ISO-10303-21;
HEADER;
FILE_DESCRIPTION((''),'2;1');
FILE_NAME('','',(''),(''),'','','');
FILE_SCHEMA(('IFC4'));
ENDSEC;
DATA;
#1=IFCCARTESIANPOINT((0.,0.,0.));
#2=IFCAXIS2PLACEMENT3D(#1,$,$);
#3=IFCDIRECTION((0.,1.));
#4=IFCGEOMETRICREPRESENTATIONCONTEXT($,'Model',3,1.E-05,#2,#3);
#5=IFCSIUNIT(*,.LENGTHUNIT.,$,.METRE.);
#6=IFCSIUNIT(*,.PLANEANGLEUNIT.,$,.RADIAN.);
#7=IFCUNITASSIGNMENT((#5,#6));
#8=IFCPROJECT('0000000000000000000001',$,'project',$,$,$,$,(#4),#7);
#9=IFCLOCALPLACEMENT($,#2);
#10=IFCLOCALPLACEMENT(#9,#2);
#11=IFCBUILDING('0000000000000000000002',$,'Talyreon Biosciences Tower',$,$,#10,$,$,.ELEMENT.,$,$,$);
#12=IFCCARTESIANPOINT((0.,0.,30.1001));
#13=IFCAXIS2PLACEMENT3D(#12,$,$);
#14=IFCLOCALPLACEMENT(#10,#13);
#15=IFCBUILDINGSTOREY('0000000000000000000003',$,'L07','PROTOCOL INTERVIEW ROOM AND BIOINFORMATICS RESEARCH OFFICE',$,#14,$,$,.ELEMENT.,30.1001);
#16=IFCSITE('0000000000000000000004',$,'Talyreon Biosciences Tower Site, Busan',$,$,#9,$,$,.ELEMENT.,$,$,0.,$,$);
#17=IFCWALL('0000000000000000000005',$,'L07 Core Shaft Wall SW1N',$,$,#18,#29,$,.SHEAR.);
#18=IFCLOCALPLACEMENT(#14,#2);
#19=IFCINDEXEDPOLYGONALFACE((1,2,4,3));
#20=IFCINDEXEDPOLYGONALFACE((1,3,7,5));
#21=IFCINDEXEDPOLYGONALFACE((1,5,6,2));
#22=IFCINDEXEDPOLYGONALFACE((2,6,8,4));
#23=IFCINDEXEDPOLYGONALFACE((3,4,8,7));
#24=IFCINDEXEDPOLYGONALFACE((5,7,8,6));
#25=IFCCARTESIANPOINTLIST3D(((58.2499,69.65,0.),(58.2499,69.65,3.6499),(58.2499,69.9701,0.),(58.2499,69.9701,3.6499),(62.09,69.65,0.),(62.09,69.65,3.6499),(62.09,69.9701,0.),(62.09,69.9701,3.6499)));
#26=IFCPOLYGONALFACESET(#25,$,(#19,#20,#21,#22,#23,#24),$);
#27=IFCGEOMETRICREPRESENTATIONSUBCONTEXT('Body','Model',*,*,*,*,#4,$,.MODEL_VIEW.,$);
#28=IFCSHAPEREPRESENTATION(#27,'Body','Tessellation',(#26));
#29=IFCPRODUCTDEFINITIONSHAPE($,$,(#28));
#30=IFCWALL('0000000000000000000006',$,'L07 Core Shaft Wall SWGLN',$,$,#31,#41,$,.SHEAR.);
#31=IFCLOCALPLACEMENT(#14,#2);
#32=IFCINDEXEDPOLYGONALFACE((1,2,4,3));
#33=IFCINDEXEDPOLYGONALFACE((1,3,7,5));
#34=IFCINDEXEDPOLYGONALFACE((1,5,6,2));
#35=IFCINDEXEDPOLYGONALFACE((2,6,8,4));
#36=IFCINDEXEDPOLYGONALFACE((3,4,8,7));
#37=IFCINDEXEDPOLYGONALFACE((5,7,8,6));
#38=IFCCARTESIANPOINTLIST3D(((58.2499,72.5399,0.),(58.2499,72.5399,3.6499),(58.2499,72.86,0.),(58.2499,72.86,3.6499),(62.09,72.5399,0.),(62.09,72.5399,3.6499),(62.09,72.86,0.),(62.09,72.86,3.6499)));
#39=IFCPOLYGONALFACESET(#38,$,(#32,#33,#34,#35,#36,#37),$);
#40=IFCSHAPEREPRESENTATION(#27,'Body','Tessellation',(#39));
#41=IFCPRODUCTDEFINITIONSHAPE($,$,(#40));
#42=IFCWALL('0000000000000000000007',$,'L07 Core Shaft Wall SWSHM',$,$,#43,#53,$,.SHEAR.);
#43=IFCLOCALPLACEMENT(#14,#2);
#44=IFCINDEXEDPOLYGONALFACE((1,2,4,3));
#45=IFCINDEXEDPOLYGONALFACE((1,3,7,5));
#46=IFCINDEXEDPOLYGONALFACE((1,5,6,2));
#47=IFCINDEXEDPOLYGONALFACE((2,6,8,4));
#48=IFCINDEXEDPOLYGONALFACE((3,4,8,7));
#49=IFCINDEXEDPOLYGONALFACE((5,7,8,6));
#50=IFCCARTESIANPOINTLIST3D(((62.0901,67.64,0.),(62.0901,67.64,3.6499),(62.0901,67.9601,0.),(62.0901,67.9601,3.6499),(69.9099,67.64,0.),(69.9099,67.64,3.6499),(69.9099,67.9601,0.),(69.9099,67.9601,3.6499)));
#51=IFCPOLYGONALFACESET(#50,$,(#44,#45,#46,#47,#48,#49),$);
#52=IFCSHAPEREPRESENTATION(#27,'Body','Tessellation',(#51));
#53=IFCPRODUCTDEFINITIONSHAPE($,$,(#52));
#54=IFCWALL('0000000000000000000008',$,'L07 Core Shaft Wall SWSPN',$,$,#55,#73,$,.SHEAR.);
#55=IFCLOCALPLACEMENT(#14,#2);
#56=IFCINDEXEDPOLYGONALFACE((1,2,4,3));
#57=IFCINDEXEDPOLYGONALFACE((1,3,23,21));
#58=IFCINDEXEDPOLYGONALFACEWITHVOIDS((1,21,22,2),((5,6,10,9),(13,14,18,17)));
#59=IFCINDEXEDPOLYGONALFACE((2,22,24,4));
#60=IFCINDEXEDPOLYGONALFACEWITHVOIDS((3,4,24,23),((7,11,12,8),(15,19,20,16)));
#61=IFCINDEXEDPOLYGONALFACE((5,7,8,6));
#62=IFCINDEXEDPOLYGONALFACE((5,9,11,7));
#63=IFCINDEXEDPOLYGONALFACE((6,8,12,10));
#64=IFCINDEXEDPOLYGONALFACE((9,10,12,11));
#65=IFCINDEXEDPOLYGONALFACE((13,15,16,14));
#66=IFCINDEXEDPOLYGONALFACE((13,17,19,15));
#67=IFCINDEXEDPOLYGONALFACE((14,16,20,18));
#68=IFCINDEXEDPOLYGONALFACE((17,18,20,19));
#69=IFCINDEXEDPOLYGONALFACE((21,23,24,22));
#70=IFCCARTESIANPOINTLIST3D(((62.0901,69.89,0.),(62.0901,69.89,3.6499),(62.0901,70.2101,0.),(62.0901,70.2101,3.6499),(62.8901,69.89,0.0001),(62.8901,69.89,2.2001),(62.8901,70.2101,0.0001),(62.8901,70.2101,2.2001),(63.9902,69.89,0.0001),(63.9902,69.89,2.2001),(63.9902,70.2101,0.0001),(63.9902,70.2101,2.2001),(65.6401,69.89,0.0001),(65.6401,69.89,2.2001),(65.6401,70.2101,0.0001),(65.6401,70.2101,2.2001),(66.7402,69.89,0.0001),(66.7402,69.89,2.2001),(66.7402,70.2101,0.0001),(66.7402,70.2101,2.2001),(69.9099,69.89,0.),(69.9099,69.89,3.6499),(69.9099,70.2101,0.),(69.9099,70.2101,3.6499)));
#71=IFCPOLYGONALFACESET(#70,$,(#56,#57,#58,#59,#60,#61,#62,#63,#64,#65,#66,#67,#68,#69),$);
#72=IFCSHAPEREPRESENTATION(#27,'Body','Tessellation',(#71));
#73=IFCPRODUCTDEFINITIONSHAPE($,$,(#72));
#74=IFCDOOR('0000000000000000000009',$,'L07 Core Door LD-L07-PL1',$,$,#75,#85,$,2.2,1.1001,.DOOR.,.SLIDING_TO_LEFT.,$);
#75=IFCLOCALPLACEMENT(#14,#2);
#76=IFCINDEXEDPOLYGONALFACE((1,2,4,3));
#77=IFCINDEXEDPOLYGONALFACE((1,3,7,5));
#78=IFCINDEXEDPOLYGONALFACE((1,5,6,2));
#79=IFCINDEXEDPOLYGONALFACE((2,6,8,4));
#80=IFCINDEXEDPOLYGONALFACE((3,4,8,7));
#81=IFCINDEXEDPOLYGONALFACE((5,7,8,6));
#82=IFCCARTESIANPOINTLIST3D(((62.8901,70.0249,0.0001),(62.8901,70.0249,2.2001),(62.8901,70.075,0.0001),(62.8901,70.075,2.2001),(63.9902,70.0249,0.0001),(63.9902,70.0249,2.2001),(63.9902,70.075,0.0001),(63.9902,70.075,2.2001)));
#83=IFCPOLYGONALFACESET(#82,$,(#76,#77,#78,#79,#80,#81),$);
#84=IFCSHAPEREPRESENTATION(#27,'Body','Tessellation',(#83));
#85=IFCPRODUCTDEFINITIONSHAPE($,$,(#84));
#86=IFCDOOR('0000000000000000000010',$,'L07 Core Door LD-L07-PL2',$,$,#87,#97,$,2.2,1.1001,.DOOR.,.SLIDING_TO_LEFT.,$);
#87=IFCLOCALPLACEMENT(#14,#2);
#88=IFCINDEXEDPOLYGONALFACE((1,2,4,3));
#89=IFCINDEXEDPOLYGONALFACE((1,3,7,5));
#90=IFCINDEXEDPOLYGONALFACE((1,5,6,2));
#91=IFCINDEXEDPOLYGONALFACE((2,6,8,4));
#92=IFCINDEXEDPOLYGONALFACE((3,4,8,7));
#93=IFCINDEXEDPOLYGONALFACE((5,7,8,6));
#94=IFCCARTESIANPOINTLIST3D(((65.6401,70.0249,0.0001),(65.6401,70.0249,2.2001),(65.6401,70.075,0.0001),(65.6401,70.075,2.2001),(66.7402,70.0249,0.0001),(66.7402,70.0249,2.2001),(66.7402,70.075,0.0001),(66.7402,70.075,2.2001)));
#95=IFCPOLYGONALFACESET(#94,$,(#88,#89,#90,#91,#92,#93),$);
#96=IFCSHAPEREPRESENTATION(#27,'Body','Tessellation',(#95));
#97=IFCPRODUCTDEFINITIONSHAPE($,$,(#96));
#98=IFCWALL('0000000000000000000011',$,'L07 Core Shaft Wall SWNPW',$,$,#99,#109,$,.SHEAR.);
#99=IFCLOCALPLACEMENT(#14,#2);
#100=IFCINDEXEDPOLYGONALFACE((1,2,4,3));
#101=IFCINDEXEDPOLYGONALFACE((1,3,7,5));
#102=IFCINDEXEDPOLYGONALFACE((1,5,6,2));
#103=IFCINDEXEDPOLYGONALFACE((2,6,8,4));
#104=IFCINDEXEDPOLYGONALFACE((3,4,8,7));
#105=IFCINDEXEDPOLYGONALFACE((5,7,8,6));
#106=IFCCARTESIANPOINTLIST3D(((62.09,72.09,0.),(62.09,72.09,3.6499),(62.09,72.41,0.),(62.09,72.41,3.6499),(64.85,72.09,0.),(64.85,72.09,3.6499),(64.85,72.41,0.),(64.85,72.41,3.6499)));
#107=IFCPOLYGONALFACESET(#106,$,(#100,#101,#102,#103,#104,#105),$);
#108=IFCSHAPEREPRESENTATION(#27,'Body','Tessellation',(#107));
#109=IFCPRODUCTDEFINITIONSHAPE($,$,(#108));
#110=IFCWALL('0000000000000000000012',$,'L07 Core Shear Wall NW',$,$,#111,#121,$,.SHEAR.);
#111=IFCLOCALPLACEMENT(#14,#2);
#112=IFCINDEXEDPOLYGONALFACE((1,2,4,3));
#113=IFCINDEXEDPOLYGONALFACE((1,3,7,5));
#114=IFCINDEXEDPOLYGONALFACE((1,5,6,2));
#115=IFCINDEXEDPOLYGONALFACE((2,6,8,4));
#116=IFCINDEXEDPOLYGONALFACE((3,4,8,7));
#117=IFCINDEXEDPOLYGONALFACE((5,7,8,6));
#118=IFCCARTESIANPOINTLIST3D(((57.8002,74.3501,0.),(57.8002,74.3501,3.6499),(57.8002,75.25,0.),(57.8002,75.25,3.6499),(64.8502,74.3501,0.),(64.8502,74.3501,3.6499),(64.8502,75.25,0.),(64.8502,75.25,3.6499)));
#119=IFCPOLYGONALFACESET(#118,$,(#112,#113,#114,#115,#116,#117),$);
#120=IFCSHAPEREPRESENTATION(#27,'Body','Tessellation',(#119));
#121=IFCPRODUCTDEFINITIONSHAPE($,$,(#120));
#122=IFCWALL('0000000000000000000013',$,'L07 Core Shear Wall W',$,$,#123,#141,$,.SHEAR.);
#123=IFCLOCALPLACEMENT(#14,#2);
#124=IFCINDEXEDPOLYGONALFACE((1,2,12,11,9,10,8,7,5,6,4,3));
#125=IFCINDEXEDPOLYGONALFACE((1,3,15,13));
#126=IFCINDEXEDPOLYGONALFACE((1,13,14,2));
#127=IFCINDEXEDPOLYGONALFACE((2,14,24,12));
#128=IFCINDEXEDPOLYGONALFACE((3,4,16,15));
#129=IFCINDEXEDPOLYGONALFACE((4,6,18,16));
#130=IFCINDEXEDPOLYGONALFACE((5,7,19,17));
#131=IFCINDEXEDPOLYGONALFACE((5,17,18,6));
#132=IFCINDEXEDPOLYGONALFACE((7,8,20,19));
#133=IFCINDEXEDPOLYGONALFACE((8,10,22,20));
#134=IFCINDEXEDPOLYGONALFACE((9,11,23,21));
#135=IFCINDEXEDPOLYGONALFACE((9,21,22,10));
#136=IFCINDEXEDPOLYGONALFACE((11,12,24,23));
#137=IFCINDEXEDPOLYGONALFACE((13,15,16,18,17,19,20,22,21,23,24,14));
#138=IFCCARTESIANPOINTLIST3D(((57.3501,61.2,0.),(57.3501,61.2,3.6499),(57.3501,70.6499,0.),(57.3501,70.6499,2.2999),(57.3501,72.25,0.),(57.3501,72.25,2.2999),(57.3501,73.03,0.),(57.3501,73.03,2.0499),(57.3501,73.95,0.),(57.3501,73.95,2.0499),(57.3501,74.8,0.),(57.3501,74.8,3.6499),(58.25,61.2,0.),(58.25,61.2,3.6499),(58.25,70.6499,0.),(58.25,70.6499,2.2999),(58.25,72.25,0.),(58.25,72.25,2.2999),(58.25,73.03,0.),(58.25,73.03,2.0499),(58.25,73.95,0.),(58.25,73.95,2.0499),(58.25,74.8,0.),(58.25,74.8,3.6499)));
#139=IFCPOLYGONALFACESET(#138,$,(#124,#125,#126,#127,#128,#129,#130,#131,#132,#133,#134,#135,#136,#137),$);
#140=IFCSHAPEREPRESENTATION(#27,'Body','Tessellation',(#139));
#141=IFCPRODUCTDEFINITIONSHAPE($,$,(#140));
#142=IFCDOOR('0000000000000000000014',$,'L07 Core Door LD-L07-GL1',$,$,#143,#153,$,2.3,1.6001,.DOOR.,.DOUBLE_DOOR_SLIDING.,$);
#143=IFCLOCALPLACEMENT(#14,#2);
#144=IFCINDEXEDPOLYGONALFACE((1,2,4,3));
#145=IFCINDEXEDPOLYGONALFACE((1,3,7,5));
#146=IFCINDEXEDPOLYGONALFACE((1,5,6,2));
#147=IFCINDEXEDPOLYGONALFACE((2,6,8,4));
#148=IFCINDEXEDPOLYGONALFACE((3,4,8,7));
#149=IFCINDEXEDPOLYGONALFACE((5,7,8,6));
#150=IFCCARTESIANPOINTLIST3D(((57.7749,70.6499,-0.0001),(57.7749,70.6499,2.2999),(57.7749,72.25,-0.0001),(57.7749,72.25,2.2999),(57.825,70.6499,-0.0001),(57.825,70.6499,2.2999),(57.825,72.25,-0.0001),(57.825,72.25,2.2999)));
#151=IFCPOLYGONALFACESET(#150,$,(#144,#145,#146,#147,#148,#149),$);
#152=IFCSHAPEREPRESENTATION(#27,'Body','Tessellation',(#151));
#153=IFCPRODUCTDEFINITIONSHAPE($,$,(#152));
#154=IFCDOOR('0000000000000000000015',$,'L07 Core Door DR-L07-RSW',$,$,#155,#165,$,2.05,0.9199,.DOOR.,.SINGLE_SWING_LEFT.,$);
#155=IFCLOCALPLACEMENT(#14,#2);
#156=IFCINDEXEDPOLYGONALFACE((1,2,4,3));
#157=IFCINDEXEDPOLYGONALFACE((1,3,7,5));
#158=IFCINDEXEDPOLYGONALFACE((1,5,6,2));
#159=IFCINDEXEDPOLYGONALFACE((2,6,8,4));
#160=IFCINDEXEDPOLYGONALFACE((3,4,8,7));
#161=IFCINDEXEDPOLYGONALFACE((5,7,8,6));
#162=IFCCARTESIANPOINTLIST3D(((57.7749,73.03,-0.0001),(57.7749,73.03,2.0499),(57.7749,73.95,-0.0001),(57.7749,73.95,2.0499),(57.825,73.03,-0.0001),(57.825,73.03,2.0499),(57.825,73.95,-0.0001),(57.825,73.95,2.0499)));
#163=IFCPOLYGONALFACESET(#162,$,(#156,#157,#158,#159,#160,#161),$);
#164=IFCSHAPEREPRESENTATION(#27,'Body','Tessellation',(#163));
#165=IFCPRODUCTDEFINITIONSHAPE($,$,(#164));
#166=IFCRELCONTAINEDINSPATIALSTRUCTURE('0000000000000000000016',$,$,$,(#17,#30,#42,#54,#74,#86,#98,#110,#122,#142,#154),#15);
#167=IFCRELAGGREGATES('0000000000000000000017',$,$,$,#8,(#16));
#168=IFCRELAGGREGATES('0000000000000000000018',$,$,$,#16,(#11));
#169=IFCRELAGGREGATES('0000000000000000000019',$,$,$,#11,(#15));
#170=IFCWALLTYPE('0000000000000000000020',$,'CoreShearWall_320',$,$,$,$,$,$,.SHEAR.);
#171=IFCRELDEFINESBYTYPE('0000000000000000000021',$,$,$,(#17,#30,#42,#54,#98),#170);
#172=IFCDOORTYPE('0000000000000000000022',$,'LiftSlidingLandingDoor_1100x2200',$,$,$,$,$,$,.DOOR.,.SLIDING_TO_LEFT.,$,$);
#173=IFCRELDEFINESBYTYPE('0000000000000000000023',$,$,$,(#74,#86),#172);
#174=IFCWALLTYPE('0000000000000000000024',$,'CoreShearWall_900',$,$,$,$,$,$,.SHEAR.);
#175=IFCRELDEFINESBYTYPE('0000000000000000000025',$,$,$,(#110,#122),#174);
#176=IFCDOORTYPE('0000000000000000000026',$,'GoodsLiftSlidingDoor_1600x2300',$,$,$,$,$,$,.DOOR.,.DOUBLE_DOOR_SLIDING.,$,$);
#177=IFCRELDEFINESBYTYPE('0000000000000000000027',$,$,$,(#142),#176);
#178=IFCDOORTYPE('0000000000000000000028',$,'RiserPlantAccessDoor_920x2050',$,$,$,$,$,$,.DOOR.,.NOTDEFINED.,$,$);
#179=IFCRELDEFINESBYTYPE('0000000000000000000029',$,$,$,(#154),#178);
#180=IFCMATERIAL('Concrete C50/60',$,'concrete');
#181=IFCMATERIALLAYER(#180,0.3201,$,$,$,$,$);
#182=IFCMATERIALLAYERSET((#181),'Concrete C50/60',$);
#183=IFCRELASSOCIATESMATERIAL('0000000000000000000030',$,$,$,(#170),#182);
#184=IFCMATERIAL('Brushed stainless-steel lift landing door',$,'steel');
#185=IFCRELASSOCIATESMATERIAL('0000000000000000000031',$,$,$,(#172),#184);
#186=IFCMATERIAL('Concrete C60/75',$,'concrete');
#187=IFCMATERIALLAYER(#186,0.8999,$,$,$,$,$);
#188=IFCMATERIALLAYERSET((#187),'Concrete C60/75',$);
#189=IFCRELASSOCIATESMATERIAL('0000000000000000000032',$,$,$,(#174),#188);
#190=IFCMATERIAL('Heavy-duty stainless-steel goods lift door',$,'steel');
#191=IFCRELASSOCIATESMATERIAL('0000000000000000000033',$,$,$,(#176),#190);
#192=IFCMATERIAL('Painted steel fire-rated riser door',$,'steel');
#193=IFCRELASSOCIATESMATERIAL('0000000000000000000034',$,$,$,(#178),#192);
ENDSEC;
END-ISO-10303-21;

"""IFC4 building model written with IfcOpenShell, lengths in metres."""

from ifc_helpers import new_model, si_unit, direction, frame, frame_2d, origin, place, context, subcontext, project, spatial, rectangle, extrude, material, layer, layer_set, type_object, element, fill, save


model = new_model("IFC4")

# Units and contexts
model_context = context("Model", 3, precision=1e-05, world=origin(), true_north=direction((0.0, 1.0)))
body_context = subcontext(model_context, "Body", "Model", "MODEL_VIEW")
ifc_project = project(units=[si_unit("LENGTHUNIT", "METRE"), si_unit("PLANEANGLEUNIT", "RADIAN")], contexts=[model_context])

# Site, building, storey
site_placement = place(None, origin())
site = spatial("IfcSite", under=ifc_project, at=site_placement, Name="Talyreon Biosciences Tower Site, Busan", CompositionType="ELEMENT", RefElevation=0.0)
building_placement = place(site_placement, origin())
building = spatial("IfcBuilding", under=site, at=building_placement, Name="Talyreon Biosciences Tower", CompositionType="ELEMENT")
storey_placement = place(building_placement, frame((0.0, 0.0, 30.1001)))
storey = spatial("IfcBuildingStorey", under=building, at=storey_placement, Name="L07", Description="PROTOCOL INTERVIEW ROOM AND BIOINFORMATICS RESEARCH OFFICE", CompositionType="ELEMENT", Elevation=30.1001)

# Shared definitions
ifc_material_1 = material(Name="Concrete C60/75", Category="concrete")

# Walls
ifc_material_2 = material(Name="Concrete C50/60", Category="concrete")
ifc_layer_1 = layer(ifc_material_2, 0.3201)
ifc_layer_set_1 = layer_set([ifc_layer_1], Name="Concrete C50/60")
wall_type_1 = type_object("IfcWallType", Name="CoreShearWall_320", PredefinedType="SHEAR", material=ifc_layer_set_1)
for number, where, z_axis, x_axis, name in (
    (1, (58.25, 69.8101, 0.0), (0.0, 0.0, 1.0), (1.0, 0.0, 0.0), "L07 Core Shaft Wall SW1N"),
    (2, (58.25, 72.7, 0.0), (0.0, 0.0, 1.0), (1.0, 0.0, 0.0), "L07 Core Shaft Wall SWGLN"),
):
    element("IfcWall", number, at=place(storey_placement, frame(where, z_axis=z_axis, x_axis=x_axis)), inside=storey, type_object=wall_type_1, Name=name, PredefinedType="SHEAR", context=body_context, shape_type="SweptSolid", body=[
        extrude(rectangle(XDim=3.8401, YDim=0.3201, at=frame_2d((1.9199, 0.0))), origin(), (0.0, 0.0, 1.0), 3.6499),
    ])
wall_1_placement = place(storey_placement, frame((62.0901, 67.8, 0.0), z_axis=(0.0, 0.0, 1.0), x_axis=(1.0, 0.0, 0.0)))
element("IfcWall", 3, at=wall_1_placement, inside=storey, type_object=wall_type_1, Name="L07 Core Shaft Wall SWSHM", PredefinedType="SHEAR", context=body_context, shape_type="SweptSolid", body=[
    extrude(rectangle(XDim=7.8198, YDim=0.3201, at=frame_2d((3.9099, 0.0))), origin(), (0.0, 0.0, 1.0), 3.6499),
])

# Wall, openings, doors
wall_2_placement = place(storey_placement, frame((62.0901, 70.05, 0.0), z_axis=(0.0, 0.0, 1.0), x_axis=(1.0, 0.0, 0.0)))
wall_2 = element("IfcWall", 4, at=wall_2_placement, inside=storey, type_object=wall_type_1, Name="L07 Core Shaft Wall SWSPN", PredefinedType="SHEAR", context=body_context, shape_type="SweptSolid", body=[
    extrude(rectangle(XDim=7.8198, YDim=0.3201, at=frame_2d((3.9099, 0.0))), origin(), (0.0, 0.0, 1.0), 3.6499),
])
opening_1_placement = place(wall_2_placement, frame((0.8, 0.0, 0.0)))
opening_1 = element("IfcOpeningElement", 5, at=opening_1_placement, cuts=wall_2, PredefinedType="OPENING", context=body_context, shape_type="SweptSolid", body=[
    extrude(rectangle(XDim=1.1001, YDim=2.2, at=frame_2d((0.55, 1.1001))), frame((0.0, 0.1699, 0.0), z_axis=(0.0, -1.0, 0.0), x_axis=(1.0, 0.0, 0.0)), (0.0, 0.0, 1.0), 0.3401),
])
opening_2_placement = place(wall_2_placement, frame((3.55, 0.0, 0.0)))
opening_2 = element("IfcOpeningElement", 6, at=opening_2_placement, cuts=wall_2, PredefinedType="OPENING", context=body_context, shape_type="SweptSolid", body=[
    extrude(rectangle(XDim=1.1001, YDim=2.2, at=frame_2d((0.55, 1.1001))), frame((0.0, 0.1699, 0.0), z_axis=(0.0, -1.0, 0.0), x_axis=(1.0, 0.0, 0.0)), (0.0, 0.0, 1.0), 0.3401),
])
ifc_material_3 = material(Name="Brushed stainless-steel lift landing door", Category="steel")
door_type_1 = type_object("IfcDoorType", Name="LiftSlidingLandingDoor_1100x2200", OperationType="SLIDING_TO_LEFT", PredefinedType="DOOR", material=ifc_material_3)
door_1_placement = place(opening_1_placement, origin())
door_1 = element("IfcDoor", 7, at=door_1_placement, inside=storey, type_object=door_type_1, Name="L07 Core Door LD-L07-PL1", OperationType="SLIDING_TO_LEFT", OverallHeight=2.2, OverallWidth=1.1001, PredefinedType="DOOR", context=body_context, shape_type="SweptSolid", body=[
    extrude(rectangle(XDim=1.1001, YDim=2.2, at=frame_2d((0.55, 1.1001))), frame((0.0, 0.0249, 0.0), z_axis=(0.0, -1.0, 0.0), x_axis=(1.0, 0.0, 0.0)), (0.0, 0.0, 1.0), 0.05),
])
fill(opening_1, door_1)
door_2_placement = place(opening_2_placement, origin())
door_2 = element("IfcDoor", 8, at=door_2_placement, inside=storey, type_object=door_type_1, Name="L07 Core Door LD-L07-PL2", OperationType="SLIDING_TO_LEFT", OverallHeight=2.2, OverallWidth=1.1001, PredefinedType="DOOR", context=body_context, shape_type="SweptSolid", body=[
    extrude(rectangle(XDim=1.1001, YDim=2.2, at=frame_2d((0.55, 1.1001))), frame((0.0, 0.0249, 0.0), z_axis=(0.0, -1.0, 0.0), x_axis=(1.0, 0.0, 0.0)), (0.0, 0.0, 1.0), 0.05),
])
fill(opening_2, door_2)

# Walls
wall_3_placement = place(storey_placement, frame((62.0901, 72.25, 0.0), z_axis=(0.0, 0.0, 1.0), x_axis=(1.0, 0.0, 0.0)))
element("IfcWall", 9, at=wall_3_placement, inside=storey, type_object=wall_type_1, Name="L07 Core Shaft Wall SWNPW", PredefinedType="SHEAR", context=body_context, shape_type="SweptSolid", body=[
    extrude(rectangle(XDim=2.76, YDim=0.3201, at=frame_2d((1.3799, 0.0))), origin(), (0.0, 0.0, 1.0), 3.6499),
])
ifc_layer_2 = layer(ifc_material_1, 0.8999)
ifc_layer_set_2 = layer_set([ifc_layer_2], Name="Concrete C60/75")
wall_type_2 = type_object("IfcWallType", Name="CoreShearWall_900", PredefinedType="SHEAR", material=ifc_layer_set_2)
wall_4_placement = place(storey_placement, frame((64.8501, 74.8, 0.0), z_axis=(0.0, 0.0, 1.0), x_axis=(-1.0, 0.0, 0.0)))
element("IfcWall", 10, at=wall_4_placement, inside=storey, type_object=wall_type_2, Name="L07 Core Shear Wall NW", PredefinedType="SHEAR", context=body_context, shape_type="SweptSolid", body=[
    extrude(rectangle(XDim=7.05, YDim=0.8999, at=frame_2d((3.5249, 0.0))), origin(), (0.0, 0.0, 1.0), 3.6499),
])

# Wall, openings, doors
wall_5_placement = place(storey_placement, frame((57.8, 74.8, 0.0), z_axis=(0.0, 0.0, 1.0), x_axis=(0.0, -1.0, 0.0)))
wall_5 = element("IfcWall", 11, at=wall_5_placement, inside=storey, type_object=wall_type_2, Name="L07 Core Shear Wall W", PredefinedType="SHEAR", context=body_context, shape_type="SweptSolid", body=[
    extrude(rectangle(XDim=13.6001, YDim=0.8999, at=frame_2d((6.8, 0.0))), origin(), (0.0, 0.0, 1.0), 3.6499),
])
opening_3_placement = place(wall_5_placement, frame((0.8501, 0.0, 0.0)))
opening_3 = element("IfcOpeningElement", 12, at=opening_3_placement, cuts=wall_5, PredefinedType="OPENING", context=body_context, shape_type="SweptSolid", body=[
    extrude(rectangle(XDim=0.9199, YDim=2.05, at=frame_2d((0.46, 1.0249))), frame((0.0, 0.46, 0.0), z_axis=(0.0, -1.0, 0.0), x_axis=(1.0, 0.0, 0.0)), (0.0, 0.0, 1.0), 0.9199),
])
opening_4_placement = place(wall_5_placement, frame((2.55, 0.0, 0.0)))
opening_4 = element("IfcOpeningElement", 13, at=opening_4_placement, cuts=wall_5, PredefinedType="OPENING", context=body_context, shape_type="SweptSolid", body=[
    extrude(rectangle(XDim=1.6001, YDim=2.3, at=frame_2d((0.8, 1.1499))), frame((0.0, 0.46, 0.0), z_axis=(0.0, -1.0, 0.0), x_axis=(1.0, 0.0, 0.0)), (0.0, 0.0, 1.0), 0.9199),
])
ifc_material_4 = material(Name="Heavy-duty stainless-steel goods lift door", Category="steel")
door_type_2 = type_object("IfcDoorType", Name="GoodsLiftSlidingDoor_1600x2300", OperationType="DOUBLE_DOOR_SLIDING", PredefinedType="DOOR", material=ifc_material_4)
door_3_placement = place(opening_4_placement, origin())
door_3 = element("IfcDoor", 14, at=door_3_placement, inside=storey, type_object=door_type_2, Name="L07 Core Door LD-L07-GL1", OperationType="DOUBLE_DOOR_SLIDING", OverallHeight=2.3, OverallWidth=1.6001, PredefinedType="DOOR", context=body_context, shape_type="SweptSolid", body=[
    extrude(rectangle(XDim=1.6001, YDim=2.3, at=frame_2d((0.8, 1.1499))), frame((0.0, 0.0249, 0.0), z_axis=(0.0, -1.0, 0.0), x_axis=(1.0, 0.0, 0.0)), (0.0, 0.0, 1.0), 0.05),
])
fill(opening_4, door_3)
ifc_material_5 = material(Name="Painted steel fire-rated riser door", Category="steel")
door_type_3 = type_object("IfcDoorType", Name="RiserPlantAccessDoor_920x2050", OperationType="NOTDEFINED", PredefinedType="DOOR", material=ifc_material_5)
door_4_placement = place(opening_3_placement, origin())
door_4 = element("IfcDoor", 15, at=door_4_placement, inside=storey, type_object=door_type_3, Name="L07 Core Door DR-L07-RSW", OperationType="SINGLE_SWING_LEFT", OverallHeight=2.05, OverallWidth=0.9199, PredefinedType="DOOR", context=body_context, shape_type="SweptSolid", body=[
    extrude(rectangle(XDim=0.9199, YDim=2.05, at=frame_2d((0.46, 1.0249))), frame((0.0, 0.0249, 0.0), z_axis=(0.0, -1.0, 0.0), x_axis=(1.0, 0.0, 0.0)), (0.0, 0.0, 1.0), 0.05),
])
fill(opening_3, door_4)

save(model, "model.ifc")
